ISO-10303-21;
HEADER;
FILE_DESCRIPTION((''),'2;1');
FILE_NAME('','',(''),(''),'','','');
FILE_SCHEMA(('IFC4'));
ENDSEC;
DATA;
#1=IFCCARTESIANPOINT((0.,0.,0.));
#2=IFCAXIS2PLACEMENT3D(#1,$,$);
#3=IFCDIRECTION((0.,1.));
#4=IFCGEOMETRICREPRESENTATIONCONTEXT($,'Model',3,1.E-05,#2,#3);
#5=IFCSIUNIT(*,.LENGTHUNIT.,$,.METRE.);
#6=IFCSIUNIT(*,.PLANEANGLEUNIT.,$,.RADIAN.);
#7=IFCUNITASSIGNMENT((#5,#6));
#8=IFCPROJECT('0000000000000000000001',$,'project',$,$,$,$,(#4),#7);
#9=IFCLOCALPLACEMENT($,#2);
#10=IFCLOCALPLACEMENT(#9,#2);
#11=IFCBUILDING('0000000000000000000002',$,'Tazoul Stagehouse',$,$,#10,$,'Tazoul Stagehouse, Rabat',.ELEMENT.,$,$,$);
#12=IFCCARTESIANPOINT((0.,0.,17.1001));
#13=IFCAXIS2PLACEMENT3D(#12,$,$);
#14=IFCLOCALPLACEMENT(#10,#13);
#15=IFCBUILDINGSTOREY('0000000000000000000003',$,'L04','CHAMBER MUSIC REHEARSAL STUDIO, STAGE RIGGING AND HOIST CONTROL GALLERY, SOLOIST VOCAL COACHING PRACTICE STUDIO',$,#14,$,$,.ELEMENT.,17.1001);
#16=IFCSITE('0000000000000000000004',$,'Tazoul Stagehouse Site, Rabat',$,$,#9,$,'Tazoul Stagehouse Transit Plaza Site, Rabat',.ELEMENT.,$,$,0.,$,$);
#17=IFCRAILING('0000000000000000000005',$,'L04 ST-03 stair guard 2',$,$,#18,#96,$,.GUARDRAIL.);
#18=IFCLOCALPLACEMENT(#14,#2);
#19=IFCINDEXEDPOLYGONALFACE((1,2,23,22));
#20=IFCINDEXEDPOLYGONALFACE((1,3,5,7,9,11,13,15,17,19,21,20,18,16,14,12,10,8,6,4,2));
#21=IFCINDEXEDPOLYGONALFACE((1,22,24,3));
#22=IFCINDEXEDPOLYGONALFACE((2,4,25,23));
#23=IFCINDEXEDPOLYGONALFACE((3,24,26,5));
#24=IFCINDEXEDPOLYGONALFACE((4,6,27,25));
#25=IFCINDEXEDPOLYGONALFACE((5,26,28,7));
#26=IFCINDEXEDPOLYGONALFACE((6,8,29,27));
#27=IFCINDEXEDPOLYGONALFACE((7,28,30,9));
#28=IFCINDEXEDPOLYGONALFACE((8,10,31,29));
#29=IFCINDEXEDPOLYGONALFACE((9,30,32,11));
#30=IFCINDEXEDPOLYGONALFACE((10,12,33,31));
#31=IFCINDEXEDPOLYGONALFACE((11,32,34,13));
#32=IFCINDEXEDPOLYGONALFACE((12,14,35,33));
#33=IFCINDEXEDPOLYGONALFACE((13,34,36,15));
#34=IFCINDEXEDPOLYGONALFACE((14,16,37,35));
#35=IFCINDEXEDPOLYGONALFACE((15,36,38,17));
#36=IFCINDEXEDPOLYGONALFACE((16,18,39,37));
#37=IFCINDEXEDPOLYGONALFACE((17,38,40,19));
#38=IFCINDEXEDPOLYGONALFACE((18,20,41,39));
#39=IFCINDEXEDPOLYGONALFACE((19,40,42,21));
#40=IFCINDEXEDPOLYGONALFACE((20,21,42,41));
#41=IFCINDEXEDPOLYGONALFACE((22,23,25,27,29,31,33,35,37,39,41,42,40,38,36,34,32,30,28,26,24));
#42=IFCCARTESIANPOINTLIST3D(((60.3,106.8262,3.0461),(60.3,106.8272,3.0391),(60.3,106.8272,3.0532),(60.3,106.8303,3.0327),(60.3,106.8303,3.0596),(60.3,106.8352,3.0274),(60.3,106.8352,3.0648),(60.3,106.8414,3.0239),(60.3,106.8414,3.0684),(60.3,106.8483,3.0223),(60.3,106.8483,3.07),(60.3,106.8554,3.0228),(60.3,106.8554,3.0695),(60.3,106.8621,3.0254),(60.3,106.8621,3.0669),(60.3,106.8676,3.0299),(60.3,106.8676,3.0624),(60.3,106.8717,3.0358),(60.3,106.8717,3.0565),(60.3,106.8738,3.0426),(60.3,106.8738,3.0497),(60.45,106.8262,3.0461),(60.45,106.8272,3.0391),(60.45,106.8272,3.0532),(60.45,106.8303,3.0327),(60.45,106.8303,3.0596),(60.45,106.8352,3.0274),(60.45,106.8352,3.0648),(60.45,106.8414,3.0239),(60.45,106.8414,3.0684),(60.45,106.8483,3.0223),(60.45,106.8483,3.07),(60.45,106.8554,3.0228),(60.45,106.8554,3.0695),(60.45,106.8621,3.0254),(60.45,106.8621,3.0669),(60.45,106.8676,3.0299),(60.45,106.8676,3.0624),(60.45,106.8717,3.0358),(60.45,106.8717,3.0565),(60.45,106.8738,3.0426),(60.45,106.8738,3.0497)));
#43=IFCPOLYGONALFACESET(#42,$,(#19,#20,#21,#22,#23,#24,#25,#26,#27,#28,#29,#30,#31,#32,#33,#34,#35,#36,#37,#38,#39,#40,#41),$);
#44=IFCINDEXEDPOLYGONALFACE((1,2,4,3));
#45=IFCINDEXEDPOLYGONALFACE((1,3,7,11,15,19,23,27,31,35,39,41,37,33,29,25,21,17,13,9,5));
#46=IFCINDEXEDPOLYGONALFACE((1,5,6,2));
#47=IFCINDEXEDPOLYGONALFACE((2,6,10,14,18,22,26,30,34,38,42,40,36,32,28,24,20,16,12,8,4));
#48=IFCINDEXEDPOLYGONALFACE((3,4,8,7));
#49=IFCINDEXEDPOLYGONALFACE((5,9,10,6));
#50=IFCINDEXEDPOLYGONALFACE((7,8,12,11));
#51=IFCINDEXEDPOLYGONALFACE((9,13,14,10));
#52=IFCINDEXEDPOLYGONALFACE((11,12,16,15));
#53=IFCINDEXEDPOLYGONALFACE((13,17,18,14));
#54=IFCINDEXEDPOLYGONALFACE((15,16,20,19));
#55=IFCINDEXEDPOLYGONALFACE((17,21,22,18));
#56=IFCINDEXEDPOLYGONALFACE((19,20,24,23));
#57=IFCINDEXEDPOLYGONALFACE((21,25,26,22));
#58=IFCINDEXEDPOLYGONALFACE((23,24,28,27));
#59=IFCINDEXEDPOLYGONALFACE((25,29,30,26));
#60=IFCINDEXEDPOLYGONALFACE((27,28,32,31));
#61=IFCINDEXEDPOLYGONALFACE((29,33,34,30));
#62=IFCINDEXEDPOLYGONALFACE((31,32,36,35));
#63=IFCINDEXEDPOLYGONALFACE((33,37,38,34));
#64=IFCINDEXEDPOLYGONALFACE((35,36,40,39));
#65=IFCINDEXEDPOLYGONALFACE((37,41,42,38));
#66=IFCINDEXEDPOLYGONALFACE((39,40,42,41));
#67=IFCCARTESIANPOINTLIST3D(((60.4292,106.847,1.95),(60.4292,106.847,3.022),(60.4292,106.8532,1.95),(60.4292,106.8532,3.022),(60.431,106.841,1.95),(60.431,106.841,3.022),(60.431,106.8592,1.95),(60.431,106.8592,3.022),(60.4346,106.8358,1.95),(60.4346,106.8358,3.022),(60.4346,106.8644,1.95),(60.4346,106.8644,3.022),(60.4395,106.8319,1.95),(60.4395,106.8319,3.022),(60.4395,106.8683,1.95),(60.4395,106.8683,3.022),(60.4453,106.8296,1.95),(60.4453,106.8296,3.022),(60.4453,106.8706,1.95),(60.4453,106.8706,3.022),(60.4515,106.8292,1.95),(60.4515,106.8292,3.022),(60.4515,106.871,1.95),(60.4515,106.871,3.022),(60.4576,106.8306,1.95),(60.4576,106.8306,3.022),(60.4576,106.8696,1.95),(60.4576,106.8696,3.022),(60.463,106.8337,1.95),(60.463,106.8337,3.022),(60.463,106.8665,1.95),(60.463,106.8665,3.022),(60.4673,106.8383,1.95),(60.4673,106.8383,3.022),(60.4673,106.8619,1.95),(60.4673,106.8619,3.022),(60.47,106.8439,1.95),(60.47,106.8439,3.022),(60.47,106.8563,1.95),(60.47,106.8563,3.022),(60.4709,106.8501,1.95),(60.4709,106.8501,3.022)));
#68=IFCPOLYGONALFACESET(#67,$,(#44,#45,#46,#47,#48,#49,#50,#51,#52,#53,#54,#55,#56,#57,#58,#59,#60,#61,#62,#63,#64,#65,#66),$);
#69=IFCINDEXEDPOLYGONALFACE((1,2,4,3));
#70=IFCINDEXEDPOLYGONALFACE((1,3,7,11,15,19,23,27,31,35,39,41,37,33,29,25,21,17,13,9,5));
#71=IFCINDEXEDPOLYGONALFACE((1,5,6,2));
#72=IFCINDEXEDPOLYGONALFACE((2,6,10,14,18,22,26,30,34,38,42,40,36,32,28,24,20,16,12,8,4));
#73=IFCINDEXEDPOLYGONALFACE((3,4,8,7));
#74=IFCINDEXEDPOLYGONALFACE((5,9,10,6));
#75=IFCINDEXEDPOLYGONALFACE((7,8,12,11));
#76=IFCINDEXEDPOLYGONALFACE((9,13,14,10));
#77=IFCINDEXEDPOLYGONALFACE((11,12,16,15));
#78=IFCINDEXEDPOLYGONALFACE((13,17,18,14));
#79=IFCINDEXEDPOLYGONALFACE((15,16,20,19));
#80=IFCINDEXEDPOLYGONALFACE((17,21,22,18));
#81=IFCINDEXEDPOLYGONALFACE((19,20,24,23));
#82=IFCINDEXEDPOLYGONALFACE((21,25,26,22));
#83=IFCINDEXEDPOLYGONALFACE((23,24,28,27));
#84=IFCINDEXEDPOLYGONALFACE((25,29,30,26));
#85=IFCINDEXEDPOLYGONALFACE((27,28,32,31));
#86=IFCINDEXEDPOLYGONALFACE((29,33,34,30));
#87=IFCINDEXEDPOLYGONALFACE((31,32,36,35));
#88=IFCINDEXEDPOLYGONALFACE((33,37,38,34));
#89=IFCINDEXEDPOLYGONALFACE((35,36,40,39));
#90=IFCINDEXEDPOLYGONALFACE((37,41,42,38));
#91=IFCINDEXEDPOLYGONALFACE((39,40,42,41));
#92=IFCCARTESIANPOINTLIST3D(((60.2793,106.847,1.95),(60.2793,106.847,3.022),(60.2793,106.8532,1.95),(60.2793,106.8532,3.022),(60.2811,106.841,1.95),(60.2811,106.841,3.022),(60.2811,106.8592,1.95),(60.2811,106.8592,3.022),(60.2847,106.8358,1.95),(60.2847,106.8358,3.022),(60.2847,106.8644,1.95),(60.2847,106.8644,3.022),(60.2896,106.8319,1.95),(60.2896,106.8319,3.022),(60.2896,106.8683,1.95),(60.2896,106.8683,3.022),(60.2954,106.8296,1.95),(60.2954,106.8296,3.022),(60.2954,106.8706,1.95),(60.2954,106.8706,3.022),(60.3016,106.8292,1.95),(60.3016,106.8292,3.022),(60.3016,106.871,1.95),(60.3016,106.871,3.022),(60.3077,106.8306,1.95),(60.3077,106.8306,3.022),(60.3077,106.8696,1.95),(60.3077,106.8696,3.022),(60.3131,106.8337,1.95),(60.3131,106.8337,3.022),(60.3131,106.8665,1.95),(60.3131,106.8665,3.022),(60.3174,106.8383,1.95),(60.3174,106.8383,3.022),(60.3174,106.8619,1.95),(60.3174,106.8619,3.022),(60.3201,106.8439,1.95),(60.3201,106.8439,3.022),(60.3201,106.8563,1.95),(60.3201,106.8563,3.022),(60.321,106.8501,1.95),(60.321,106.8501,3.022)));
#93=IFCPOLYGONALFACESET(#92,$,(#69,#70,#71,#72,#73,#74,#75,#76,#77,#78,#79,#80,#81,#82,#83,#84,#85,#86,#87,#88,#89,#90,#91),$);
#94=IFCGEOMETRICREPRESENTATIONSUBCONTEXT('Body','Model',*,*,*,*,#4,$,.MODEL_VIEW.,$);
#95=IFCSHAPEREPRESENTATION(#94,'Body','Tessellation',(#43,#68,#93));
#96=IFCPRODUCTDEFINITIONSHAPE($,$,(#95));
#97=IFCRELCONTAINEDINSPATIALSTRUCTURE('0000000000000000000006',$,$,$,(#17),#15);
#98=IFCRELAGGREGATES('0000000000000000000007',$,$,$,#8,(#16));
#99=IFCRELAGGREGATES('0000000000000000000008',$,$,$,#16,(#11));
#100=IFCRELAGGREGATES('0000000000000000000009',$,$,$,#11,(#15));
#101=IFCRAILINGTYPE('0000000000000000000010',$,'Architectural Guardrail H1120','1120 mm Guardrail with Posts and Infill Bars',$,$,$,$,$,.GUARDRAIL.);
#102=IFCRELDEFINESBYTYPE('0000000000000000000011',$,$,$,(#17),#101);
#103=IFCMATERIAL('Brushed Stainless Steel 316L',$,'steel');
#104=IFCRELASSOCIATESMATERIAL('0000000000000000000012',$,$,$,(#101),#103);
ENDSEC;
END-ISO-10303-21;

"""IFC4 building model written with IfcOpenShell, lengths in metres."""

from ifc_helpers import new_model, si_unit, direction, frame, origin, origin_2d, place, context, subcontext, project, spatial, circle, extrude, material, material_profile, profile_set, type_object, element, save


model = new_model("IFC4")

# Units and contexts
model_context = context("Model", 3, precision=1e-05, world=origin(), true_north=direction((0.0, 1.0)))
body_context = subcontext(model_context, "Body", "Model", "MODEL_VIEW")
ifc_project = project(units=[si_unit("LENGTHUNIT", "METRE"), si_unit("PLANEANGLEUNIT", "RADIAN")], contexts=[model_context])

# Site, building, storey
site_placement = place(None, origin())
site = spatial("IfcSite", under=ifc_project, at=site_placement, Name="Tazoul Stagehouse Site, Rabat", LongName="Tazoul Stagehouse Transit Plaza Site, Rabat", CompositionType="ELEMENT", RefElevation=0.0)
building_placement = place(site_placement, origin())
building = spatial("IfcBuilding", under=site, at=building_placement, Name="Tazoul Stagehouse", LongName="Tazoul Stagehouse, Rabat", CompositionType="ELEMENT")
storey_placement = place(building_placement, frame((0.0, 0.0, 17.1001)))
storey = spatial("IfcBuildingStorey", under=building, at=storey_placement, Name="L04", Description="CHAMBER MUSIC REHEARSAL STUDIO, STAGE RIGGING AND HOIST CONTROL GALLERY, SOLOIST VOCAL COACHING PRACTICE STUDIO", CompositionType="ELEMENT", Elevation=17.1001)

# Railing
ifc_material_1 = material(Name="Brushed Stainless Steel 316L", Category="steel")
ifc_material_profile_1 = material_profile(ifc_material_1, circle(Radius=0.0239, at=origin_2d()), Name="SS RAIL D48")
ifc_profile_set_1 = profile_set([ifc_material_profile_1], Name="Brushed Stainless Steel 316L")
railing_type_1 = type_object("IfcRailingType", Name="Architectural Guardrail H1120", Description="1120 mm Guardrail with Posts and Infill Bars", PredefinedType="GUARDRAIL", material=ifc_profile_set_1)
railing_1_placement = place(storey_placement, frame((60.45, 106.8501, 1.95)))
element("IfcRailing", 1, at=railing_1_placement, inside=storey, type_object=railing_type_1, Name="L04 ST-03 stair guard 2", PredefinedType="GUARDRAIL", context=body_context, shape_type="SweptSolid", body=[
    extrude(circle(Radius=0.0239, at=origin_2d()), frame((0.0, 0.0, 1.0962), z_axis=(-1.0, 0.0, 0.0), x_axis=(0.0, -1.0, 0.0)), (0.0, 0.0, 1.0), 0.1499),
    extrude(circle(Radius=0.021, at=origin_2d()), origin(), (0.0, 0.0, 1.0), 1.072),
    extrude(circle(Radius=0.021, at=origin_2d()), frame((-0.1499, 0.0, 0.0)), (0.0, 0.0, 1.0), 1.072),
])

save(model, "model.ifc")
